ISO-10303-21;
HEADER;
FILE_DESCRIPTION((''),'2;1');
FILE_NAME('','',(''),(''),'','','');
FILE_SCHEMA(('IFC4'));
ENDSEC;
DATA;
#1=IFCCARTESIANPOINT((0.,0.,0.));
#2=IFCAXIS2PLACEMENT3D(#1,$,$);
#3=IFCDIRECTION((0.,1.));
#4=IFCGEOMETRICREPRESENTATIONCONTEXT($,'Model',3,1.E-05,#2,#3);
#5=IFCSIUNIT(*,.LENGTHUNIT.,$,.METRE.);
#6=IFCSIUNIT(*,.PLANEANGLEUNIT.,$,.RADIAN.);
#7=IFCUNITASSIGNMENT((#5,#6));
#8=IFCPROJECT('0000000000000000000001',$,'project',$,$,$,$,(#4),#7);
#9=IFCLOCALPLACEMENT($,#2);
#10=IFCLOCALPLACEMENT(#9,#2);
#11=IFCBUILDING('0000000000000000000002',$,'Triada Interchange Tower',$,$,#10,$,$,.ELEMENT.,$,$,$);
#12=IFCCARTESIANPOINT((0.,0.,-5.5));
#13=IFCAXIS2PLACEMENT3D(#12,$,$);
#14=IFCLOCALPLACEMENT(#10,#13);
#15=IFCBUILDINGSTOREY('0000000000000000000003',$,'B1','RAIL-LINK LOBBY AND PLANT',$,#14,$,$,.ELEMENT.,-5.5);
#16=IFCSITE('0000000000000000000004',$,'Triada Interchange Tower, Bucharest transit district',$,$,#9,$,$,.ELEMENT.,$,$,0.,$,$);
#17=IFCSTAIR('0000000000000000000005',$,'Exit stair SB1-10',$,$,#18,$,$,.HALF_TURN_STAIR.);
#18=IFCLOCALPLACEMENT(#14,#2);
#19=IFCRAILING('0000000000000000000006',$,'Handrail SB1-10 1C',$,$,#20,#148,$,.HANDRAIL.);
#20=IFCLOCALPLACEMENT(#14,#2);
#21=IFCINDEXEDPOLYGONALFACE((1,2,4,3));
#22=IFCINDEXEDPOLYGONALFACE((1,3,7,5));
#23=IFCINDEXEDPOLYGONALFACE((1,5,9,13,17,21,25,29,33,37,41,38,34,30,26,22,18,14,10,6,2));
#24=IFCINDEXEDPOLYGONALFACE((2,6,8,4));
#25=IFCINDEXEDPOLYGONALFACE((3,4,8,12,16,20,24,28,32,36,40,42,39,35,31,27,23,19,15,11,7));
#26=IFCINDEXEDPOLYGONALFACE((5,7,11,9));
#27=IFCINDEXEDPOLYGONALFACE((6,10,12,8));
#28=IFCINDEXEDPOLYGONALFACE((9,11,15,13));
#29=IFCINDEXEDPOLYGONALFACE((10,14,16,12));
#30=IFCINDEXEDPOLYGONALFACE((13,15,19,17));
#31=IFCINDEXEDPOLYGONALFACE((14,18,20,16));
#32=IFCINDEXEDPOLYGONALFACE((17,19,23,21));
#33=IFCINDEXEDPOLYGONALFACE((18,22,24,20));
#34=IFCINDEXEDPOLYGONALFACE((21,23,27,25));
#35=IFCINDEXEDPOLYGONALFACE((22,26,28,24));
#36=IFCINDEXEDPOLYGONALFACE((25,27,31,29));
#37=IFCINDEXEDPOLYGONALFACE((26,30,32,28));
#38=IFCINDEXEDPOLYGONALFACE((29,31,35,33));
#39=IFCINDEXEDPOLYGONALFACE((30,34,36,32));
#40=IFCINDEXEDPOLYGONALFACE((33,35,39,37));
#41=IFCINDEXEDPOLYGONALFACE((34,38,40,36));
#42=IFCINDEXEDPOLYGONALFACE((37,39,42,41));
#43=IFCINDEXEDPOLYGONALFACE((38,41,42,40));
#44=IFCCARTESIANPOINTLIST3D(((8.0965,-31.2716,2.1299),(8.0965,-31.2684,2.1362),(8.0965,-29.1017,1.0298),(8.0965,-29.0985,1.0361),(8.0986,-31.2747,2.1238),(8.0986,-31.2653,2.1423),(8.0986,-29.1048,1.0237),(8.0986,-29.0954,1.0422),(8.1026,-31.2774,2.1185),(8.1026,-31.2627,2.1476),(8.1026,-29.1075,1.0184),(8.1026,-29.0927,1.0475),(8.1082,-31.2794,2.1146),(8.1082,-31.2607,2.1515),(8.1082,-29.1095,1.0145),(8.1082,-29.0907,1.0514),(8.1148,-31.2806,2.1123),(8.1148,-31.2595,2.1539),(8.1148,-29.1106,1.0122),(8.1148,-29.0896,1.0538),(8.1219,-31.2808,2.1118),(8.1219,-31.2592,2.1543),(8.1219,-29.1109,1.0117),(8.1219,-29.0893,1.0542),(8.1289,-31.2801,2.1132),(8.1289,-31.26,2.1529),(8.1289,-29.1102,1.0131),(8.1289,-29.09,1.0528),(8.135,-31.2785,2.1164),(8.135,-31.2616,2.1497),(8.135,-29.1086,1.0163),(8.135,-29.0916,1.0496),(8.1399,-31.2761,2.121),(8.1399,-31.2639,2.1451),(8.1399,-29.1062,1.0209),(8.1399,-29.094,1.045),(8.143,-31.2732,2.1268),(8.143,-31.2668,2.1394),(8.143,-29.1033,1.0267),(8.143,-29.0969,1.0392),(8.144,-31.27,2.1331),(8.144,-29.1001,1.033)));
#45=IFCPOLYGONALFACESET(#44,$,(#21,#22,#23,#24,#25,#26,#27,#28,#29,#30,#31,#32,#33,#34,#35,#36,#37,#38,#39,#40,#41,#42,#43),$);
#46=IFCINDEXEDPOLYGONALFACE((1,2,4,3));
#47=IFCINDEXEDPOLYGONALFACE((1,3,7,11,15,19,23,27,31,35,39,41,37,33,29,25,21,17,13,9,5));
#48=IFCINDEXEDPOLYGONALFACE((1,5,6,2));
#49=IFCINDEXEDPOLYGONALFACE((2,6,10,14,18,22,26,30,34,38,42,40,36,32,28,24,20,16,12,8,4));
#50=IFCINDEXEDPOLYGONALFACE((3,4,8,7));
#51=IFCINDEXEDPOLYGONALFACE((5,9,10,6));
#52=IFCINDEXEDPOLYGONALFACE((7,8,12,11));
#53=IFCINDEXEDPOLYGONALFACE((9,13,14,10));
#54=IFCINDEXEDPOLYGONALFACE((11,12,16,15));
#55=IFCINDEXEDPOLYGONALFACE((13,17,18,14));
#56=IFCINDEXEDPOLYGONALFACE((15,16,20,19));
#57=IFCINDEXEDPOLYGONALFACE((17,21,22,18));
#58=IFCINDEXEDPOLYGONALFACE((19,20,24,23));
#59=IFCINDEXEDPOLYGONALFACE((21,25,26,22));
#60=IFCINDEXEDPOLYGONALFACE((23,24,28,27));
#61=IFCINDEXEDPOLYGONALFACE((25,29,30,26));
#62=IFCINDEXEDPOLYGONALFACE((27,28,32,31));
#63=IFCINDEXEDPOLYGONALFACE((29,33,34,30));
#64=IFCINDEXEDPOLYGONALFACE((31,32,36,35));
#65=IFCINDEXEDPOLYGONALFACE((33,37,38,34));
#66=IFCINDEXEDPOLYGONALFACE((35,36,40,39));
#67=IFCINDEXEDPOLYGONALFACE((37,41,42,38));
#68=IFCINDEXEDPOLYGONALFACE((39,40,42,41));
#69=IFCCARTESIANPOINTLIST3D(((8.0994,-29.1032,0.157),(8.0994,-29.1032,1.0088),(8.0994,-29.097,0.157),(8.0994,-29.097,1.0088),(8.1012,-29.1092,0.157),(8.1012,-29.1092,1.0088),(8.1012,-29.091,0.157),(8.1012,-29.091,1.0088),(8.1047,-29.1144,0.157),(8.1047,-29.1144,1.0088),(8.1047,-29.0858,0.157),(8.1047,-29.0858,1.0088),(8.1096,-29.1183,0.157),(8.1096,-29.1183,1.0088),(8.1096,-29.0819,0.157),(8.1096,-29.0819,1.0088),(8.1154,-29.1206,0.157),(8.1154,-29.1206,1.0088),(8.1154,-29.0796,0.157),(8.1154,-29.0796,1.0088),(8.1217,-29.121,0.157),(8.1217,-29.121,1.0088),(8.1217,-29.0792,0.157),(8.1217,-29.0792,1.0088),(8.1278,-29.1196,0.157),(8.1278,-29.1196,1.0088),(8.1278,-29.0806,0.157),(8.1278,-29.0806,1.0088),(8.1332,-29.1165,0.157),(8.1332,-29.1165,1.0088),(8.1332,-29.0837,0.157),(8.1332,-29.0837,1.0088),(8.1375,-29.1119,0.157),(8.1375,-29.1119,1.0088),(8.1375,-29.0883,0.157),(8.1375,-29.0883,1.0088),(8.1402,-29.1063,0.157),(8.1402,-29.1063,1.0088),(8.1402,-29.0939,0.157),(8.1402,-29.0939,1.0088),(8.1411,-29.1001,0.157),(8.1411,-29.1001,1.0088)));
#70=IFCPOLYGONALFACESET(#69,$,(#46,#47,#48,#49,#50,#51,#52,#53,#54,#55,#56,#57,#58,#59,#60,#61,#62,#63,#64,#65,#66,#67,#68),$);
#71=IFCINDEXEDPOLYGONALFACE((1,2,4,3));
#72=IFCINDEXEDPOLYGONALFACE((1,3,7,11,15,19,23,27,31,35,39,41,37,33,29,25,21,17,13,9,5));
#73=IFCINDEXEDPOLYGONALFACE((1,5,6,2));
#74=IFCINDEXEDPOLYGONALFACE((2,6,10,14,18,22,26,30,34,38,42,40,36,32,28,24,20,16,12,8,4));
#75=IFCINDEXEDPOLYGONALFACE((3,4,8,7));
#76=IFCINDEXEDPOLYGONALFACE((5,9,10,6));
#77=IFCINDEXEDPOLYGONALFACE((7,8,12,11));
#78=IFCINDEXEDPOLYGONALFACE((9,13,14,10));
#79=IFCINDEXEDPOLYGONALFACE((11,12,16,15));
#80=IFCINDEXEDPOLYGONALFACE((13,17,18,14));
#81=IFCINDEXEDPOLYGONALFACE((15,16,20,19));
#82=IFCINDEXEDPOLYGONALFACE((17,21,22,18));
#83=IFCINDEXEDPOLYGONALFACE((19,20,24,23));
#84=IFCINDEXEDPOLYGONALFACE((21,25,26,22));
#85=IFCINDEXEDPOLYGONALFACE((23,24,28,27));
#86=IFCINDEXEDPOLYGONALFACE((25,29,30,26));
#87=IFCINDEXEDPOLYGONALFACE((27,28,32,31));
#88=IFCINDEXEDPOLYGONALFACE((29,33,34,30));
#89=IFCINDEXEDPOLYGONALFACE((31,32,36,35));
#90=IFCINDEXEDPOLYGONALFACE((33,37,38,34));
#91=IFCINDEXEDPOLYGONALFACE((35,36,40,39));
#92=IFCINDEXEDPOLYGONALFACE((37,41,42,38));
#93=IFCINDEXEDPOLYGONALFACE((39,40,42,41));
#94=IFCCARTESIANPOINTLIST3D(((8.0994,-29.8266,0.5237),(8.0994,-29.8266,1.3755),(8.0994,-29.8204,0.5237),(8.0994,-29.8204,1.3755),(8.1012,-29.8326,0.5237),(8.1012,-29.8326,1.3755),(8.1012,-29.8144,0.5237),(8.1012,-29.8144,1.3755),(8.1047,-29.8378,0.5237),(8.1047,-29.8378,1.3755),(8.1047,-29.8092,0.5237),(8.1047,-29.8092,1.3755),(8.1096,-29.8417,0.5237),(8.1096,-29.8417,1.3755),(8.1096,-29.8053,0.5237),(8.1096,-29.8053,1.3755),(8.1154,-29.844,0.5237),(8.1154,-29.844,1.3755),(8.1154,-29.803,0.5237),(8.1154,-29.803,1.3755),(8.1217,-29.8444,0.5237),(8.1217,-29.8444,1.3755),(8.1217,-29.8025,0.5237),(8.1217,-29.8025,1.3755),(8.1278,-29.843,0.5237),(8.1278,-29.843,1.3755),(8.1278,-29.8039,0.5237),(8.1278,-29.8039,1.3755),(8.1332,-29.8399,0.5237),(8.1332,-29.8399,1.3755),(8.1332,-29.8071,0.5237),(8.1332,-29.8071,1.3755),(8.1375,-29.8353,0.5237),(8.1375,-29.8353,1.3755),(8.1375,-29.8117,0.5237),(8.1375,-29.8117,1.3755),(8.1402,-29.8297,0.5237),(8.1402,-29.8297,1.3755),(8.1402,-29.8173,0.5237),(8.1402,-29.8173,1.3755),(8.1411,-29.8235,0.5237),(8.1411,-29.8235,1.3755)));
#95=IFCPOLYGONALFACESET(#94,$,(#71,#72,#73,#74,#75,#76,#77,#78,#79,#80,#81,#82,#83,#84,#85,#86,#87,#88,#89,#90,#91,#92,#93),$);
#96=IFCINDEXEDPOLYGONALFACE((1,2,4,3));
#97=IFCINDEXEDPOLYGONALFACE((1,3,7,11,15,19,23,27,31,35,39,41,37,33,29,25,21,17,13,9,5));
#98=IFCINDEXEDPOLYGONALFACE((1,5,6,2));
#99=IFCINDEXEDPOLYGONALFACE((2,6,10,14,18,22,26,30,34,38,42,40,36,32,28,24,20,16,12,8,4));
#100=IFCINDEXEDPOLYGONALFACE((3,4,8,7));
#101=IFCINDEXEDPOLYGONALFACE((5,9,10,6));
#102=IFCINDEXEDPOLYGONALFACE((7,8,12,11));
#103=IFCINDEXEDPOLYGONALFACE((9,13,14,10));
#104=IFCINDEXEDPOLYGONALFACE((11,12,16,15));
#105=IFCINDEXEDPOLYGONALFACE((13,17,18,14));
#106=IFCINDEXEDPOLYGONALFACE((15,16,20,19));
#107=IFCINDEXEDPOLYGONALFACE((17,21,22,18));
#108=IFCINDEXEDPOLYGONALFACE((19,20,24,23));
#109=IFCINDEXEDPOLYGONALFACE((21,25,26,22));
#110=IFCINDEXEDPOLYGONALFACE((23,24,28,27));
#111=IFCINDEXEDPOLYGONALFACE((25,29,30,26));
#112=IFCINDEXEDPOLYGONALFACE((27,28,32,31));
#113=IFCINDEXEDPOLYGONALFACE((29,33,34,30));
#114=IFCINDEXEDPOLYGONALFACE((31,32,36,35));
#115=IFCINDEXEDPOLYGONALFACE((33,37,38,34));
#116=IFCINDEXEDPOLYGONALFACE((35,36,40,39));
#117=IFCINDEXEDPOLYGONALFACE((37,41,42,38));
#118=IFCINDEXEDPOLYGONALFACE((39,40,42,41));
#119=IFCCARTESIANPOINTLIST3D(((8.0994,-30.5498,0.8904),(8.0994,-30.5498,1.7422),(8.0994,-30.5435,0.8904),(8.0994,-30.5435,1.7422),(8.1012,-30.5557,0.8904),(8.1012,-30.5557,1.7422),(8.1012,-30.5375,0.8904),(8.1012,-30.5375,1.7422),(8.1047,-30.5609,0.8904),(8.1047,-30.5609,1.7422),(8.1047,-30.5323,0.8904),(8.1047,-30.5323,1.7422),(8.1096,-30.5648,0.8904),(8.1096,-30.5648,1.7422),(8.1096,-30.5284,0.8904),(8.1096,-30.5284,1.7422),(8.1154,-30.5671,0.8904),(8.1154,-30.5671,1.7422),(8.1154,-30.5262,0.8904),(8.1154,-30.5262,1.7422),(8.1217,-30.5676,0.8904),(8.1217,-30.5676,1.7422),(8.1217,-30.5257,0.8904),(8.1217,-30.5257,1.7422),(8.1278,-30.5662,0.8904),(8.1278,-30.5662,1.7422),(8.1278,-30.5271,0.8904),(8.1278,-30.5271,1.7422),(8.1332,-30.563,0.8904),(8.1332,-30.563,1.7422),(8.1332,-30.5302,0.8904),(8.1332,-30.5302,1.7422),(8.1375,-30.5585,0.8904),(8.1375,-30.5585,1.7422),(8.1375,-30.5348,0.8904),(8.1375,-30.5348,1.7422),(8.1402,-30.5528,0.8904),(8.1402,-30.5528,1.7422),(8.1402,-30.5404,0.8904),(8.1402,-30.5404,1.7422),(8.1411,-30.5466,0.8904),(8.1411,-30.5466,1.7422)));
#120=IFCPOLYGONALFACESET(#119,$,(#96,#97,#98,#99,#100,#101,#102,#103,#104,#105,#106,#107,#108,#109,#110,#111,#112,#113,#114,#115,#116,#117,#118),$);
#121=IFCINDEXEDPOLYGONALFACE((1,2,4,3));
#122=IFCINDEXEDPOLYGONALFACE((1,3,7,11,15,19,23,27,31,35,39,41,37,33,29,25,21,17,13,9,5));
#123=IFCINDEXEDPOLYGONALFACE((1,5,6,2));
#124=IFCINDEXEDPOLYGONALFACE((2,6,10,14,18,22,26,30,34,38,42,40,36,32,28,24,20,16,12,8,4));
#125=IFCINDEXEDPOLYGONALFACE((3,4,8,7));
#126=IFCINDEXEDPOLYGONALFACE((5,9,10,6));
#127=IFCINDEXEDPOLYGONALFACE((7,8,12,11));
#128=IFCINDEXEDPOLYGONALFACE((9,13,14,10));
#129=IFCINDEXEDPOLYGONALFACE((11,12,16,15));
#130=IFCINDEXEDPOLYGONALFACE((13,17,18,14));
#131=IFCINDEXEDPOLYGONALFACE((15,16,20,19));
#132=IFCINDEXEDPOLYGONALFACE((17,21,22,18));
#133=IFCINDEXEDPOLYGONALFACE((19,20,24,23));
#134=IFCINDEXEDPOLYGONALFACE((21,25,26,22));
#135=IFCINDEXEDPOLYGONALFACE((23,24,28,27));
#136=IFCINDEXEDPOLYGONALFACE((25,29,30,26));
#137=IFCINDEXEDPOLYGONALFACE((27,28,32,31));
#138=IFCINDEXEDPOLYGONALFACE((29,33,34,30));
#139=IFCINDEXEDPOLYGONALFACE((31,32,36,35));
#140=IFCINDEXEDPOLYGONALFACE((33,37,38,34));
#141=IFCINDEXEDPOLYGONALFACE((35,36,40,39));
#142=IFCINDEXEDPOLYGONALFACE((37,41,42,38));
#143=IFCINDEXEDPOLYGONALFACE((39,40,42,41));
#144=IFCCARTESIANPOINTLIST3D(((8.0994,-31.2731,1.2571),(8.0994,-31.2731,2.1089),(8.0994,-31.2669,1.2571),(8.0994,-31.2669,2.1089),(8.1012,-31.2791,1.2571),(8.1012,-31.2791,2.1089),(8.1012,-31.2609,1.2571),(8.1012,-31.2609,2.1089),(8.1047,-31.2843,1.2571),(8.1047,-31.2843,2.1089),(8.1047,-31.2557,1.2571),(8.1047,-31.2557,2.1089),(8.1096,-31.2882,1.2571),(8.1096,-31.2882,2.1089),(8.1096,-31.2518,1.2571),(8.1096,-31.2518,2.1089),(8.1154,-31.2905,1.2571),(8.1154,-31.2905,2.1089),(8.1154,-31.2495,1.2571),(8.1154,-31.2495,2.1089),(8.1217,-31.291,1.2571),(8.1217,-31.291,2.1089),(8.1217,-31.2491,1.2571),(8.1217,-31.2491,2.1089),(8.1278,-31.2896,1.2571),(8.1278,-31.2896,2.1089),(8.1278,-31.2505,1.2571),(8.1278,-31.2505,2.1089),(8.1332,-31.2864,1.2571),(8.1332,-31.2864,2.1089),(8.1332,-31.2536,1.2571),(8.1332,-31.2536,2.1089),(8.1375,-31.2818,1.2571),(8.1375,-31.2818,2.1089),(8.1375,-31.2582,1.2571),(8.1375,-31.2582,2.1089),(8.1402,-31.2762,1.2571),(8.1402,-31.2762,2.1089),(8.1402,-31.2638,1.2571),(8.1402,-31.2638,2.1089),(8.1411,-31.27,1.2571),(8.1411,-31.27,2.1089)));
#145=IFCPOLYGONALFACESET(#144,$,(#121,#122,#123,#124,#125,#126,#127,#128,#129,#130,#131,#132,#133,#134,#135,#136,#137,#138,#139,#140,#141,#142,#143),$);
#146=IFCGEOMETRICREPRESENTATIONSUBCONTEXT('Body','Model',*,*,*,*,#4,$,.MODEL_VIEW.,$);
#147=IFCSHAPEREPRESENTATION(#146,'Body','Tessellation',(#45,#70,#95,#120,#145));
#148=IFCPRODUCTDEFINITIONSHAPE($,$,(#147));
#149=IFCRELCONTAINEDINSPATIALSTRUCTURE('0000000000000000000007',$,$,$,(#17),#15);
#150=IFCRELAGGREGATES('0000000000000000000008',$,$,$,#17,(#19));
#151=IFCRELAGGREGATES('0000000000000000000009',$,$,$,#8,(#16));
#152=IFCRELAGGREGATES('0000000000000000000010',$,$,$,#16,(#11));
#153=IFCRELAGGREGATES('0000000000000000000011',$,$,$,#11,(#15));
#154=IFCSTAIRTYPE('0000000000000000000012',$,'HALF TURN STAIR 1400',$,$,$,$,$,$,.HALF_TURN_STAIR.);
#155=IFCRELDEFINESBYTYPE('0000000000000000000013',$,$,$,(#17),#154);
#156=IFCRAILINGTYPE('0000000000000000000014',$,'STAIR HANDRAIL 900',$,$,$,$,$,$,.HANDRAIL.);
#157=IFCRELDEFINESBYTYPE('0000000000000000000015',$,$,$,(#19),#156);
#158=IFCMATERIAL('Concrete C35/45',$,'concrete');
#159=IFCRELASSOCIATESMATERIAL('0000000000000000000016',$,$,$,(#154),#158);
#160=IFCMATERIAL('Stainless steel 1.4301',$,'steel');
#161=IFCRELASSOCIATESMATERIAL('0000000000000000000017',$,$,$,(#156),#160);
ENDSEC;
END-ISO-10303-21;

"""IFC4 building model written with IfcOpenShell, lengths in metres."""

from ifc_helpers import new_model, si_unit, direction, frame, origin, origin_2d, place, context, subcontext, project, spatial, circle, extrude, material, type_object, element, aggregate, save


model = new_model("IFC4")

# Units and contexts
model_context = context("Model", 3, precision=1e-05, world=origin(), true_north=direction((0.0, 1.0)))
body_context = subcontext(model_context, "Body", "Model", "MODEL_VIEW")
ifc_project = project(units=[si_unit("LENGTHUNIT", "METRE"), si_unit("PLANEANGLEUNIT", "RADIAN")], contexts=[model_context])

# Site, building, storey
site_placement = place(None, origin())
site = spatial("IfcSite", under=ifc_project, at=site_placement, Name="Triada Interchange Tower, Bucharest transit district", CompositionType="ELEMENT", RefElevation=0.0)
building_placement = place(site_placement, origin())
building = spatial("IfcBuilding", under=site, at=building_placement, Name="Triada Interchange Tower", CompositionType="ELEMENT")
storey_placement = place(building_placement, frame((0.0, 0.0, -5.5)))
storey = spatial("IfcBuildingStorey", under=building, at=storey_placement, Name="B1", Description="RAIL-LINK LOBBY AND PLANT", CompositionType="ELEMENT", Elevation=-5.5)

# Shared definitions
ifc_material_1 = material(Name="Concrete C35/45", Category="concrete")

# Stair, railing
stair_type = type_object("IfcStairType", Name="HALF TURN STAIR 1400", PredefinedType="HALF_TURN_STAIR", material=ifc_material_1)
stair_placement = place(storey_placement, origin())
stair = element("IfcStair", 1, at=stair_placement, inside=storey, type_object=stair_type, Name="Exit stair SB1-10", PredefinedType="HALF_TURN_STAIR")
ifc_material_2 = material(Name="Stainless steel 1.4301", Category="steel")
railing_type_1 = type_object("IfcRailingType", Name="STAIR HANDRAIL 900", PredefinedType="HANDRAIL", material=ifc_material_2)
railing_1_placement = place(storey_placement, frame((8.1201, -29.1001, 0.157)))
railing_1 = element("IfcRailing", 2, at=railing_1_placement, type_object=railing_type_1, Name="Handrail SB1-10 1C", PredefinedType="HANDRAIL", context=body_context, shape_type="SweptSolid", body=[
    extrude(circle(Radius=0.0239, at=origin_2d()), frame((0.0, 0.0, 0.876), z_axis=(0.0, -0.891925, 0.452184), x_axis=(1.0, 0.0, 0.0)), (0.0, 0.0, 1.0), 2.4329),
    extrude(circle(Radius=0.021, at=origin_2d()), origin(), (0.0, 0.0, 1.0), 0.8518),
    extrude(circle(Radius=0.021, at=origin_2d()), frame((0.0, -0.7234, 0.3667)), (0.0, 0.0, 1.0), 0.8518),
    extrude(circle(Radius=0.021, at=origin_2d()), frame((0.0, -1.4465, 0.7334)), (0.0, 0.0, 1.0), 0.8518),
    extrude(circle(Radius=0.021, at=origin_2d()), frame((0.0, -2.1699, 1.1001)), (0.0, 0.0, 1.0), 0.8518),
])
aggregate(stair, [railing_1])

save(model, "model.ifc")
